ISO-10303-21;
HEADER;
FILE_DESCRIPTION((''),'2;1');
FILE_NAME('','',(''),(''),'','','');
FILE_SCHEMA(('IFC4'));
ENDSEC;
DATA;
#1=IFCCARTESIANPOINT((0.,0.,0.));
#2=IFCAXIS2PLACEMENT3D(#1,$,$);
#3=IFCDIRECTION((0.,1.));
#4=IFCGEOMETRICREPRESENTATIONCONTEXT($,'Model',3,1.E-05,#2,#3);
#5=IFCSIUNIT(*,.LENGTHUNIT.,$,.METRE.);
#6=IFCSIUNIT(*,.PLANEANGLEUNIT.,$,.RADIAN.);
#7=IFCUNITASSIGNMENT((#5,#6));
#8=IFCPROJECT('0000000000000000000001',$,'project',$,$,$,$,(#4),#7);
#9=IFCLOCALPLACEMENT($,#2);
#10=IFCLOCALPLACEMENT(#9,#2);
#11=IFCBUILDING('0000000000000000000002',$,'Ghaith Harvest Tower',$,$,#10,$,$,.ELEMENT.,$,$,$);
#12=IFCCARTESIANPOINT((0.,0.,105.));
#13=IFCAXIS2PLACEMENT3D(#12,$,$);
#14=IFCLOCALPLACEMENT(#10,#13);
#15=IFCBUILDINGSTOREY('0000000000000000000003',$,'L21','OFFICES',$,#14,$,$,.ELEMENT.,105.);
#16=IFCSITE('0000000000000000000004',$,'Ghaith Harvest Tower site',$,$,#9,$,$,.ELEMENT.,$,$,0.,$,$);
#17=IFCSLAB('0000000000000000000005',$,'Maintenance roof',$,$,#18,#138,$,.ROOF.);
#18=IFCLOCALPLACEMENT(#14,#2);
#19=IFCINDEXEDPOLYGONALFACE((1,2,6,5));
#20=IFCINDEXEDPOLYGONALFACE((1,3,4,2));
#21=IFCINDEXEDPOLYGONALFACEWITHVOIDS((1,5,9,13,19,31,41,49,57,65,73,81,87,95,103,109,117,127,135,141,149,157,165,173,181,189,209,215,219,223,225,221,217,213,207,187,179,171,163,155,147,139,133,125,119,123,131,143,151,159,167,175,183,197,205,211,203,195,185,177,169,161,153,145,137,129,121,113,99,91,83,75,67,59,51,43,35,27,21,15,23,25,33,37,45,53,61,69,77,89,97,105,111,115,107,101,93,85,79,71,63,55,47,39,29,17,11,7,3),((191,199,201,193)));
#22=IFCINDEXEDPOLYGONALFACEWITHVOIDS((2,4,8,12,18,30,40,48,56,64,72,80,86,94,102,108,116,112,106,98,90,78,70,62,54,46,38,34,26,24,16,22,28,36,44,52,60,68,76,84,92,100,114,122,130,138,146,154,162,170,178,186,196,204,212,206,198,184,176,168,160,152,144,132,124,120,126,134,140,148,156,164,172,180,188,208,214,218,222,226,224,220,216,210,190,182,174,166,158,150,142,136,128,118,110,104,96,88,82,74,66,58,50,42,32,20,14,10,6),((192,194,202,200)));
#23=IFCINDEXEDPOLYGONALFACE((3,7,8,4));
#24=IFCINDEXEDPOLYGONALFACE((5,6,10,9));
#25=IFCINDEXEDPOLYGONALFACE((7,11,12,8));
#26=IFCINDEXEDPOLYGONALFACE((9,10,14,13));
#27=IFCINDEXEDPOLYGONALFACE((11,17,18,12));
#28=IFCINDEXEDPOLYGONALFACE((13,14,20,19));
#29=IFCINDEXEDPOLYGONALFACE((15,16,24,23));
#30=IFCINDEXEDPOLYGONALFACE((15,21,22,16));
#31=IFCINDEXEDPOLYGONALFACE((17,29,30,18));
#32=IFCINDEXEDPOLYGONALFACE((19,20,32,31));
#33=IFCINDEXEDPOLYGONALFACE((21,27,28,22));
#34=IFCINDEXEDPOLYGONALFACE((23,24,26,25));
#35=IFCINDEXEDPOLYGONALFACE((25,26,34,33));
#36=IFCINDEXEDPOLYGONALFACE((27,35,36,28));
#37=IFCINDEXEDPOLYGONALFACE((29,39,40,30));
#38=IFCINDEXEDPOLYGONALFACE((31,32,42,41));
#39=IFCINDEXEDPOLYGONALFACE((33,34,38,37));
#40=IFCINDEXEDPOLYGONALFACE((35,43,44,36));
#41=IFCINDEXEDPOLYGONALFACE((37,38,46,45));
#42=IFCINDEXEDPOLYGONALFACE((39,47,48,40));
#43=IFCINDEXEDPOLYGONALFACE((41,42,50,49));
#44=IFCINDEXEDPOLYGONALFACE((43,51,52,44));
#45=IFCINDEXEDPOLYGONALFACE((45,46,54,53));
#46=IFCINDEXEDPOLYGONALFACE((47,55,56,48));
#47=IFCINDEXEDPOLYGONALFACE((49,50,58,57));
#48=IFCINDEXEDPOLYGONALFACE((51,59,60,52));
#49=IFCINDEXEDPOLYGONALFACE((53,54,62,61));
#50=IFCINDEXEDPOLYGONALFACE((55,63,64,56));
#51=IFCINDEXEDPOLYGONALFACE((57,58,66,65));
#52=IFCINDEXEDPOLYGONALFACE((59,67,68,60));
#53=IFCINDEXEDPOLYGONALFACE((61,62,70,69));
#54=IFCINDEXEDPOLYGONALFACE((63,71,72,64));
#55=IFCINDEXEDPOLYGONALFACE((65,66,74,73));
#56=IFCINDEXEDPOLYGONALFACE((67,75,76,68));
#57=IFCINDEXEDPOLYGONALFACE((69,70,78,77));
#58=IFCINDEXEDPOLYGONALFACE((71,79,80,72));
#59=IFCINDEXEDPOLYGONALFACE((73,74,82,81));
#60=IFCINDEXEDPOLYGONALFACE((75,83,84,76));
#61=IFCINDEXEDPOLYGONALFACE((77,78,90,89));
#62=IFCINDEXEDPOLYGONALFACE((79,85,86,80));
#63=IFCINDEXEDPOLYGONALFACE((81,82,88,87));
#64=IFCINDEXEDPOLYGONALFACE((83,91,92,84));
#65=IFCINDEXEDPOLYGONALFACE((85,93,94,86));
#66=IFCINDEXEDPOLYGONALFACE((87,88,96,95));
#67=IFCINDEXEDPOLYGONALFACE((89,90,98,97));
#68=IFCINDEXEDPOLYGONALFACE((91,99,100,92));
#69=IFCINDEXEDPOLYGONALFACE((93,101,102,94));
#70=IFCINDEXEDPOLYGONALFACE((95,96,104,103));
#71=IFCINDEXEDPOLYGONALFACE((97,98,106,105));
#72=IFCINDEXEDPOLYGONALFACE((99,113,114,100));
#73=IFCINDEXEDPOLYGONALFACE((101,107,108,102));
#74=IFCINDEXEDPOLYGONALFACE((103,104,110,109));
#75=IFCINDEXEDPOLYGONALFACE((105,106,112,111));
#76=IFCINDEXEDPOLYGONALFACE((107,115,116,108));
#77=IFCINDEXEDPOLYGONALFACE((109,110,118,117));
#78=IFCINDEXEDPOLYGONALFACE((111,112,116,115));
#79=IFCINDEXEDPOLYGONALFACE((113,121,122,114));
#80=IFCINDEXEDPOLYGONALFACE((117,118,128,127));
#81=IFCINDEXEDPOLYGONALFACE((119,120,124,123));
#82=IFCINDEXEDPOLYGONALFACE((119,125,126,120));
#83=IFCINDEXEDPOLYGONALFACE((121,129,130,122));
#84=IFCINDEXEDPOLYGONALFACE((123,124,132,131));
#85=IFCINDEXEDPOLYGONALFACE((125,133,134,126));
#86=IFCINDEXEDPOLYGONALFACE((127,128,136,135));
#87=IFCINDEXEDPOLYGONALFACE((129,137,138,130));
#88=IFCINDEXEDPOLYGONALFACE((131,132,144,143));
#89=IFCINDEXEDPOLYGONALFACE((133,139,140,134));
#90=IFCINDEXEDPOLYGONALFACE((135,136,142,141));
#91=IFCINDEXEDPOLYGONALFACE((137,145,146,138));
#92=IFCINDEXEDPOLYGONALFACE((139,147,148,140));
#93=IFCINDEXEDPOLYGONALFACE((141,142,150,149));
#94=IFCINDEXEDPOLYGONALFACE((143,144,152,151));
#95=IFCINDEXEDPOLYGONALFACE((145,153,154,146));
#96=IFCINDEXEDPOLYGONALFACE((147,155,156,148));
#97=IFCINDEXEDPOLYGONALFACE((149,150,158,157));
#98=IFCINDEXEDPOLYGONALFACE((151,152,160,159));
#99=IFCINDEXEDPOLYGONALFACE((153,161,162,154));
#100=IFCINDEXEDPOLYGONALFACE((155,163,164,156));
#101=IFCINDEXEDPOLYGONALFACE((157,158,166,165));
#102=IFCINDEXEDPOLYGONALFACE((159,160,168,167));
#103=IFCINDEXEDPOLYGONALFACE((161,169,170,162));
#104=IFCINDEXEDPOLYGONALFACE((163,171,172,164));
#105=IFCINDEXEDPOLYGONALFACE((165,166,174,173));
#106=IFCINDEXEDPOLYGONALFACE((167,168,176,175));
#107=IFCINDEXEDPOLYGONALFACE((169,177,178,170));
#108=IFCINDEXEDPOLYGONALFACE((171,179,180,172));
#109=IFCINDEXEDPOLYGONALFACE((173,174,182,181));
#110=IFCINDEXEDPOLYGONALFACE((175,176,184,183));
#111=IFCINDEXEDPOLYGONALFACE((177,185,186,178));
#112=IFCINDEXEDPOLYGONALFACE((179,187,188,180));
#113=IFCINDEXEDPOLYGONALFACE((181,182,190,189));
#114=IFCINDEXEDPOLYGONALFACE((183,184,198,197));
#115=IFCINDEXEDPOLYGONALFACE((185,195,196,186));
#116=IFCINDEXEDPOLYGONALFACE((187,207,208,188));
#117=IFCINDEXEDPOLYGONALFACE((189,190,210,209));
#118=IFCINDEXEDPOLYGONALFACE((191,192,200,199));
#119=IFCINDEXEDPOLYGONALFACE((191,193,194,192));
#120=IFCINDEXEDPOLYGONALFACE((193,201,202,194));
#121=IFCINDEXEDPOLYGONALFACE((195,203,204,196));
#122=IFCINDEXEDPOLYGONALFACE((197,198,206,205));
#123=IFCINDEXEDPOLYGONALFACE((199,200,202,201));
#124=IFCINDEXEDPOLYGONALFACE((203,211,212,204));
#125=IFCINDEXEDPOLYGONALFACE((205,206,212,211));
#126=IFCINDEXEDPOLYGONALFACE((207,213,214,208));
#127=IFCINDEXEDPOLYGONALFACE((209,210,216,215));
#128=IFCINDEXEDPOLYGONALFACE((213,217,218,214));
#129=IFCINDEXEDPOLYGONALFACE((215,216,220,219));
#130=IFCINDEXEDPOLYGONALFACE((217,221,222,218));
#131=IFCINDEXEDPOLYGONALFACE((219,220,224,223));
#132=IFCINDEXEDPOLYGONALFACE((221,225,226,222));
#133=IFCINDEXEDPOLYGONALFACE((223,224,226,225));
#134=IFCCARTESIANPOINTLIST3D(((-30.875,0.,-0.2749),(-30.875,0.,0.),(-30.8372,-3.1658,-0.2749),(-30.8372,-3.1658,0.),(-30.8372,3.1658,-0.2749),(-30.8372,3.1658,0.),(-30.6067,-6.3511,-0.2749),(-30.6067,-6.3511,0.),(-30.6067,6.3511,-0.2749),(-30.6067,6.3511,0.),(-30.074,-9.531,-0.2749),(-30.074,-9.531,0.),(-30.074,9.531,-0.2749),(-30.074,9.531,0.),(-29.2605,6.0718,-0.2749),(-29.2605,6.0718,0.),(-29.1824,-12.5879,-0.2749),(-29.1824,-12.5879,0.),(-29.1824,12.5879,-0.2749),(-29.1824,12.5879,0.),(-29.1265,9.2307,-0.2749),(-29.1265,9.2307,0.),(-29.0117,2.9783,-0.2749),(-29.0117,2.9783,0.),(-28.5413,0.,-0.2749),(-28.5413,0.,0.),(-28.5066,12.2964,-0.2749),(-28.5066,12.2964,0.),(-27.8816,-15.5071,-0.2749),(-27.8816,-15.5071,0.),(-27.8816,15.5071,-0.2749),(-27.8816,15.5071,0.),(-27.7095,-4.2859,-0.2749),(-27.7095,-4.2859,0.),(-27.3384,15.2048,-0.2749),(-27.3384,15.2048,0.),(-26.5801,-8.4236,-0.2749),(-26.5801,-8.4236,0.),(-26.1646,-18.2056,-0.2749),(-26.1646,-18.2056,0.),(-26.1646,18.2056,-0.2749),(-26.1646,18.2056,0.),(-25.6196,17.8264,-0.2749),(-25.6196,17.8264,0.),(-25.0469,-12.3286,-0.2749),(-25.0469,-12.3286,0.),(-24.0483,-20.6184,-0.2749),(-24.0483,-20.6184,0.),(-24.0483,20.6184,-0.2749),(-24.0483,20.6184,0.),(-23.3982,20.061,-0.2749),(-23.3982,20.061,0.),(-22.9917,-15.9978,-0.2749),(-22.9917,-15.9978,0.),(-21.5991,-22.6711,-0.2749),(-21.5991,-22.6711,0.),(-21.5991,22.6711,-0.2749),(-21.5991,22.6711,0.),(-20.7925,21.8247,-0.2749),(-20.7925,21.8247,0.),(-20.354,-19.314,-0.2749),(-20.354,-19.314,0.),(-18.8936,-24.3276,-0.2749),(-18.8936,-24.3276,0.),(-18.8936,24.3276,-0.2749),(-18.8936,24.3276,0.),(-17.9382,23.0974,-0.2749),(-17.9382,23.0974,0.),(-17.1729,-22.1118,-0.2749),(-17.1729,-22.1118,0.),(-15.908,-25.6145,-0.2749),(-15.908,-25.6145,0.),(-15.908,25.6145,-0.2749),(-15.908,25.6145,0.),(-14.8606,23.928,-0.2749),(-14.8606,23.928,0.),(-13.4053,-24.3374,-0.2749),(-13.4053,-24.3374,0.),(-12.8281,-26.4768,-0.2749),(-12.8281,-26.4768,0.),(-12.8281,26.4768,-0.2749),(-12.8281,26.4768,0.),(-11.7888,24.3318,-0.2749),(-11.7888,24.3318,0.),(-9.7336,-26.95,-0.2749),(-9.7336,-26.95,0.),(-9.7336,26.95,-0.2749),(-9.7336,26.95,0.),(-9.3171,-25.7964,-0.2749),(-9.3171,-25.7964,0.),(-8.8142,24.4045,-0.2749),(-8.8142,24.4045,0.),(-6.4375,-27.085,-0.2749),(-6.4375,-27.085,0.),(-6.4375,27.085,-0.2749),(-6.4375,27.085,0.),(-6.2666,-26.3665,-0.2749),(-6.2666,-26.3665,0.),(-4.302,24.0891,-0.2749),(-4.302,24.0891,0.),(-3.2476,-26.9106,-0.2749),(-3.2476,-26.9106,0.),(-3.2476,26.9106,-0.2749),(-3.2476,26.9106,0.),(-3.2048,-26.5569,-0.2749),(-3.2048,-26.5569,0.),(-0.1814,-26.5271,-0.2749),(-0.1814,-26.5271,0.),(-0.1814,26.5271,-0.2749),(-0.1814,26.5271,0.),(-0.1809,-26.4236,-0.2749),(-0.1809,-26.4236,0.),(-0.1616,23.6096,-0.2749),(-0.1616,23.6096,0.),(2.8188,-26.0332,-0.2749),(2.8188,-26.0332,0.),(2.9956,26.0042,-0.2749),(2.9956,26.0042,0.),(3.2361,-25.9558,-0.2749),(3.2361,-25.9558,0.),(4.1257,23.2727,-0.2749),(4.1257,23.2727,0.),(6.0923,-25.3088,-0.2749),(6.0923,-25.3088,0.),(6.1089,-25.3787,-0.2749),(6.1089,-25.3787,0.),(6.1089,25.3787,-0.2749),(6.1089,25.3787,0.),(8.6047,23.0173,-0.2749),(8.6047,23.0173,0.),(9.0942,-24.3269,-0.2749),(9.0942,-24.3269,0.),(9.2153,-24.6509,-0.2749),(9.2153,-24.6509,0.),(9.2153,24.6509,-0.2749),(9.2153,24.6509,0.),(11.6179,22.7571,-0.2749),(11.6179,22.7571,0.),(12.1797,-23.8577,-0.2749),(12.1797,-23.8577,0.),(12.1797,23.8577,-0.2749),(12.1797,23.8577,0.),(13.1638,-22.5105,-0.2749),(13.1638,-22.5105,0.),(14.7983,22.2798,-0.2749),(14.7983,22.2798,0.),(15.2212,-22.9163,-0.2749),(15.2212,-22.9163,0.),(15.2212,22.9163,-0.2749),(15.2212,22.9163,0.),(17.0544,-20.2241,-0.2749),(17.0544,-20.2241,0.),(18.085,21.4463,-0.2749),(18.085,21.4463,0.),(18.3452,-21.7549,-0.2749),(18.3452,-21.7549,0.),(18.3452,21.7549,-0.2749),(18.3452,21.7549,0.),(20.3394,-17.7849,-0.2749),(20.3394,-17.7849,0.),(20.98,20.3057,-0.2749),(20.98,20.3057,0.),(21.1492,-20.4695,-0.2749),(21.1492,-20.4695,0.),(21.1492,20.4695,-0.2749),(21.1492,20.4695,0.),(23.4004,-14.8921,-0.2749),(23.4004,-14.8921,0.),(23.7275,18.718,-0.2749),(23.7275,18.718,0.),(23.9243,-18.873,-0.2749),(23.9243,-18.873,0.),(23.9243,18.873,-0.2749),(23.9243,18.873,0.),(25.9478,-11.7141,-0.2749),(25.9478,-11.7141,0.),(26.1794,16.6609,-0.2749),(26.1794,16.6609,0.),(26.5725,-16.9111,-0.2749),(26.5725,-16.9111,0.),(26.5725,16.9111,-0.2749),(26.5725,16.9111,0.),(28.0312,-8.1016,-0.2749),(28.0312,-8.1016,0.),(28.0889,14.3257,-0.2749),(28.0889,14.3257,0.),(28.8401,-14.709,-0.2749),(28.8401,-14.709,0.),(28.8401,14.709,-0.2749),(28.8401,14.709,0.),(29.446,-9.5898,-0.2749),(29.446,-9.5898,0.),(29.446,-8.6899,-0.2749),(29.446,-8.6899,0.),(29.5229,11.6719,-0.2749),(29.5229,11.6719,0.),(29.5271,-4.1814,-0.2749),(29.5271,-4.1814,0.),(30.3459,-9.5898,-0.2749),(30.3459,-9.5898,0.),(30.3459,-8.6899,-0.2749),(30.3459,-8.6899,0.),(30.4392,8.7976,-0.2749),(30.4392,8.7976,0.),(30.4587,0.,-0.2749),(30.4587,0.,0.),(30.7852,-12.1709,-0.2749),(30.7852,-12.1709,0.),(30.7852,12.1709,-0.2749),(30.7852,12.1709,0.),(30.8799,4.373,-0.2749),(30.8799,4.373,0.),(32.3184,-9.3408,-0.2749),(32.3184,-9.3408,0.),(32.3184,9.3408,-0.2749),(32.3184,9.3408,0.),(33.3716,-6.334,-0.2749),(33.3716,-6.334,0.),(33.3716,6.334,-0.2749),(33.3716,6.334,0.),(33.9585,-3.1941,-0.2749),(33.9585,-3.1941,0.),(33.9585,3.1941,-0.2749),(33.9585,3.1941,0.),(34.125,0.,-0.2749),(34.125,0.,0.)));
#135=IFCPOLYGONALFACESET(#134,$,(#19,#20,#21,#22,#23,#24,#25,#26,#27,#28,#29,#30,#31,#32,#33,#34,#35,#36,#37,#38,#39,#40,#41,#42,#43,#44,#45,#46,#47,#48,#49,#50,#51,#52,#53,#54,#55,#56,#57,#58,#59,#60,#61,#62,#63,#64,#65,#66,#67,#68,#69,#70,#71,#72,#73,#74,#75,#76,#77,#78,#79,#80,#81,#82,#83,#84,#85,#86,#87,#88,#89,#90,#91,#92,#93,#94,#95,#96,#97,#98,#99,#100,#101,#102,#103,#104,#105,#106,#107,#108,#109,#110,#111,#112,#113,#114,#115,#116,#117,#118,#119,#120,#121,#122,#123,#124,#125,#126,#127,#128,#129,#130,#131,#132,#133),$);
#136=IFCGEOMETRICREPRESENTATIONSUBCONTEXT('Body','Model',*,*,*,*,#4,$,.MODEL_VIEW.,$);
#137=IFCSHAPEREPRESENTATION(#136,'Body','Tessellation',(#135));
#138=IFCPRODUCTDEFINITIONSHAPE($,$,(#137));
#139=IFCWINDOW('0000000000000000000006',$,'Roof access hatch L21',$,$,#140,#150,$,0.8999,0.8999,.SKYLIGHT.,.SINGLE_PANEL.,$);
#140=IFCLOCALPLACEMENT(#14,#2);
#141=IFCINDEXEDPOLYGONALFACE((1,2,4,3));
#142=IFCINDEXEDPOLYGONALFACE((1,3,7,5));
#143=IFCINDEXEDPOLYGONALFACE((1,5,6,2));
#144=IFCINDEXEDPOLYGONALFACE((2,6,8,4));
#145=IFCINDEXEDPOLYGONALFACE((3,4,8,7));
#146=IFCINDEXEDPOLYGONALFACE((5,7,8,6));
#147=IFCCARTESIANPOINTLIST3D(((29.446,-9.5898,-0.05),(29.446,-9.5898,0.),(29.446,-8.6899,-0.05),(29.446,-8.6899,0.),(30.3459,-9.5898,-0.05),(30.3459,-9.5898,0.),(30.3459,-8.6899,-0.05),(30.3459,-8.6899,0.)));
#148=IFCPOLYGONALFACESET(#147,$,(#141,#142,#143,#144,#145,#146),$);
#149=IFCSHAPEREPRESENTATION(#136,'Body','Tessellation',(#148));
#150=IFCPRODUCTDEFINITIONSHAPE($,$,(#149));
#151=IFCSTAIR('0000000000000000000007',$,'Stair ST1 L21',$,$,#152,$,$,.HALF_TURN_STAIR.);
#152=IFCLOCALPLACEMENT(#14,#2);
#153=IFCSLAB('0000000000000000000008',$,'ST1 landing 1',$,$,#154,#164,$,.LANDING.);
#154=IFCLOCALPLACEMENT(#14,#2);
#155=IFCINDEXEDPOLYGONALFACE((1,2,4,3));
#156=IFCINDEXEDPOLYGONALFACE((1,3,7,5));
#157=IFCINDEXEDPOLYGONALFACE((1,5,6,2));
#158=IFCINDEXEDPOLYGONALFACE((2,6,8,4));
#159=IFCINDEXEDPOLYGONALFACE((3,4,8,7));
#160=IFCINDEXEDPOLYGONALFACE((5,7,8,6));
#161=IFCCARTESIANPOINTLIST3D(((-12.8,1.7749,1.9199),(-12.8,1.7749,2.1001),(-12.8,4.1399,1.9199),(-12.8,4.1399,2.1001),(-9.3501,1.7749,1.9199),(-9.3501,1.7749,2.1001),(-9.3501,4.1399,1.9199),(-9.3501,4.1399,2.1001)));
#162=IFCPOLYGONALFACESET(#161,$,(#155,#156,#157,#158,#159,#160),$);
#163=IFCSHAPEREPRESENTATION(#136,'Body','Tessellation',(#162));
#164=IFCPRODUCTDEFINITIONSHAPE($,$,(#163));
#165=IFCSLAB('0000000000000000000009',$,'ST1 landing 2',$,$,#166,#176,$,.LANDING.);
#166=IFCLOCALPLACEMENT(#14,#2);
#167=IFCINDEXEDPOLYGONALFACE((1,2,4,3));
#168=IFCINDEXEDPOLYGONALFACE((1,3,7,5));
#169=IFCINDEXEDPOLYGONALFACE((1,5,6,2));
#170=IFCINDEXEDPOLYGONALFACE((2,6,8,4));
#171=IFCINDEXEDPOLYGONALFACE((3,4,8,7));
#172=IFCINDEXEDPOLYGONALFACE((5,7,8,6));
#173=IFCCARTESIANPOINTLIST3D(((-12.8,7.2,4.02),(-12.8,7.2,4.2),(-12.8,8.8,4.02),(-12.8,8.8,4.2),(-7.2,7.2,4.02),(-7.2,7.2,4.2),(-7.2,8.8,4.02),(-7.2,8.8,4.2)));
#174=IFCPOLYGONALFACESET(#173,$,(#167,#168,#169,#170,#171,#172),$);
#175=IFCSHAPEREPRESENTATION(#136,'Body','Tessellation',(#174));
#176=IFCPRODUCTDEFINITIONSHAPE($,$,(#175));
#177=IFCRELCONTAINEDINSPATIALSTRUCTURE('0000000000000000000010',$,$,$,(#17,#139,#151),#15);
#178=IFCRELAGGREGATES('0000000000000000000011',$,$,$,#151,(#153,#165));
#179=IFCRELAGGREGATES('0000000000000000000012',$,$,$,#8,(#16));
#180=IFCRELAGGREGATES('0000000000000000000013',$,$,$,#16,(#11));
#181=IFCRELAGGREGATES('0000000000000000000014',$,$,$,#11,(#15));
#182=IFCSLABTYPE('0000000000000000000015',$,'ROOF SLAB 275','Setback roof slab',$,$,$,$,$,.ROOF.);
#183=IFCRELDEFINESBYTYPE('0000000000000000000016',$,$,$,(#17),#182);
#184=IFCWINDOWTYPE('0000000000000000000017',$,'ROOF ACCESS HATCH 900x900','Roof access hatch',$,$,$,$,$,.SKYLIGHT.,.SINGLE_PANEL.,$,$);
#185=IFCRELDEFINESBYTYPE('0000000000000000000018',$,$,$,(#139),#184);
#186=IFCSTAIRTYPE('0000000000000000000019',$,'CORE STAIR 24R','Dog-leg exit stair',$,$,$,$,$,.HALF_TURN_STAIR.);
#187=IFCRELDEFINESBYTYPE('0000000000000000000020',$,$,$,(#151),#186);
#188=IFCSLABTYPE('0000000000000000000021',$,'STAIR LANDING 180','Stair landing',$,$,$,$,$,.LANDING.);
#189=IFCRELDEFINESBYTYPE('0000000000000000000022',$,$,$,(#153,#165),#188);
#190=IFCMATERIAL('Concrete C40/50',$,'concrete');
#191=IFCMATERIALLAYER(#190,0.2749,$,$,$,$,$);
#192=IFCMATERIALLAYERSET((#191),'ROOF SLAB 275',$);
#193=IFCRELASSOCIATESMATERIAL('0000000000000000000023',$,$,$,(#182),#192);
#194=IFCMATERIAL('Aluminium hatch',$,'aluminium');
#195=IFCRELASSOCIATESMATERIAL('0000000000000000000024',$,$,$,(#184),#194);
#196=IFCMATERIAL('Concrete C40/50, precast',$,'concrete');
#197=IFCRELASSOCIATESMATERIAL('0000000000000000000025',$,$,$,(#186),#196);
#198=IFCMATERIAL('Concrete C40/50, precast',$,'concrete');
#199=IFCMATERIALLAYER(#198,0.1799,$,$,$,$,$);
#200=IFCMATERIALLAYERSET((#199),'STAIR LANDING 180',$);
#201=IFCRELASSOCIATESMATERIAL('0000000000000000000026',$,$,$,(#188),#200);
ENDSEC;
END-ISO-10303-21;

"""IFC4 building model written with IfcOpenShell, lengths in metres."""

from ifc_helpers import new_model, si_unit, direction, frame, origin, origin_2d, place, context, subcontext, project, spatial, polyline, rectangle, outline, extrude, material, layer, layer_set, type_object, element, fill, aggregate, save


model = new_model("IFC4")

# Units and contexts
model_context = context("Model", 3, precision=1e-05, world=origin(), true_north=direction((0.0, 1.0)))
body_context = subcontext(model_context, "Body", "Model", "MODEL_VIEW")
ifc_project = project(units=[si_unit("LENGTHUNIT", "METRE"), si_unit("PLANEANGLEUNIT", "RADIAN")], contexts=[model_context])

# Site, building, storey
site_placement = place(None, origin())
site = spatial("IfcSite", under=ifc_project, at=site_placement, Name="Ghaith Harvest Tower site", CompositionType="ELEMENT", RefElevation=0.0)
building_placement = place(site_placement, origin())
building = spatial("IfcBuilding", under=site, at=building_placement, Name="Ghaith Harvest Tower", CompositionType="ELEMENT")
storey_placement = place(building_placement, frame((0.0, 0.0, 105.0)))
storey = spatial("IfcBuildingStorey", under=building, at=storey_placement, Name="L21", Description="OFFICES", CompositionType="ELEMENT", Elevation=105.0)

# Slab, opening, window
ifc_material_1 = material(Name="Concrete C40/50", Category="concrete")
ifc_layer_1 = layer(ifc_material_1, 0.2749)
ifc_layer_set_1 = layer_set([ifc_layer_1], Name="ROOF SLAB 275")
slab_type_1 = type_object("IfcSlabType", Name="ROOF SLAB 275", Description="Setback roof slab", PredefinedType="ROOF", material=ifc_layer_set_1)
slab_1_placement = place(storey_placement, frame((0.0, 0.0, -0.2749)))
slab_1 = element("IfcSlab", 1, at=slab_1_placement, inside=storey, type_object=slab_type_1, Name="Maintenance roof", PredefinedType="ROOF", context=body_context, shape_type="SweptSolid", body=[
    extrude(outline(polyline([(33.9585, -3.1941), (33.3716, -6.334), (32.3184, -9.3408), (30.7852, -12.1709), (28.8401, -14.709), (26.5725, -16.9111), (23.9243, -18.873), (21.1492, -20.4695), (18.3452, -21.7549), (15.2212, -22.9163), (12.1797, -23.8577), (9.2153, -24.6509), (6.1089, -25.3787), (3.2361, -25.9558), (6.0923, -25.3088), (9.0942, -24.3269), (13.1638, -22.5105), (17.0544, -20.2241), (20.3394, -17.7849), (23.4004, -14.8921), (25.9478, -11.7141), (28.0312, -8.1016), (29.5271, -4.1814), (30.4587, 0.0), (30.8799, 4.373), (30.4392, 8.7976), (29.5229, 11.6719), (28.0889, 14.3257), (26.1794, 16.6609), (23.7275, 18.718), (20.98, 20.3057), (18.085, 21.4463), (14.7983, 22.2798), (11.6179, 22.7571), (8.6047, 23.0173), (4.1257, 23.2727), (-0.1616, 23.6096), (-4.302, 24.0891), (-8.8142, 24.4045), (-11.7888, 24.3318), (-14.8606, 23.928), (-17.9382, 23.0974), (-20.7925, 21.8247), (-23.3982, 20.061), (-25.6196, 17.8264), (-27.3384, 15.2048), (-28.5066, 12.2964), (-29.1265, 9.2307), (-29.2605, 6.0718), (-29.0117, 2.9783), (-28.5413, 0.0), (-27.7095, -4.2859), (-26.5801, -8.4236), (-25.0469, -12.3286), (-22.9917, -15.9978), (-20.354, -19.314), (-17.1729, -22.1118), (-13.4053, -24.3374), (-9.3171, -25.7964), (-6.2666, -26.3665), (-3.2048, -26.5569), (-0.1809, -26.4236), (2.8188, -26.0332), (-0.1814, -26.5271), (-3.2476, -26.9106), (-6.4375, -27.085), (-9.7336, -26.95), (-12.8281, -26.4768), (-15.908, -25.6145), (-18.8936, -24.3276), (-21.5991, -22.6711), (-24.0483, -20.6184), (-26.1646, -18.2056), (-27.8816, -15.5071), (-29.1824, -12.5879), (-30.074, -9.531), (-30.6067, -6.3511), (-30.8372, -3.1658), (-30.875, 0.0), (-30.8372, 3.1658), (-30.6067, 6.3511), (-30.074, 9.531), (-29.1824, 12.5879), (-27.8816, 15.5071), (-26.1646, 18.2056), (-24.0483, 20.6184), (-21.5991, 22.6711), (-18.8936, 24.3276), (-15.908, 25.6145), (-12.8281, 26.4768), (-9.7336, 26.95), (-6.4375, 27.085), (-3.2476, 26.9106), (-0.1814, 26.5271), (2.9956, 26.0042), (6.1089, 25.3787), (9.2153, 24.6509), (12.1797, 23.8577), (15.2212, 22.9163), (18.3452, 21.7549), (21.1492, 20.4695), (23.9243, 18.873), (26.5725, 16.9111), (28.8401, 14.709), (30.7852, 12.1709), (32.3184, 9.3408), (33.3716, 6.334), (33.9585, 3.1941), (34.125, 0.0), (33.9585, -3.1941)])), origin(), (0.0, 0.0, 1.0), 0.2749),
])
opening_1_placement = place(slab_1_placement, frame((29.896, -9.1399, 0.0)))
opening_1 = element("IfcOpeningElement", 2, at=opening_1_placement, cuts=slab_1, PredefinedType="OPENING", context=body_context, shape_type="SweptSolid", body=[
    extrude(rectangle(XDim=0.8999, YDim=0.8999, at=origin_2d()), origin(), (0.0, 0.0, 1.0), 0.2749),
])
ifc_material_2 = material(Name="Aluminium hatch", Category="aluminium")
window_type = type_object("IfcWindowType", Name="ROOF ACCESS HATCH 900x900", Description="Roof access hatch", PartitioningType="SINGLE_PANEL", PredefinedType="SKYLIGHT", material=ifc_material_2)
window_placement = place(opening_1_placement, frame((0.0, 0.0, 0.2249)))
window = element("IfcWindow", 3, at=window_placement, inside=storey, type_object=window_type, Name="Roof access hatch L21", OverallHeight=0.8999, OverallWidth=0.8999, PartitioningType="SINGLE_PANEL", PredefinedType="SKYLIGHT", context=body_context, shape_type="SweptSolid", body=[
    extrude(rectangle(XDim=0.8999, YDim=0.8999, at=origin_2d()), origin(), (0.0, 0.0, 1.0), 0.05),
])
fill(opening_1, window)

# Stair, slabs
ifc_material_3 = material(Name="Concrete C40/50, precast", Category="concrete")
stair_type = type_object("IfcStairType", Name="CORE STAIR 24R", Description="Dog-leg exit stair", PredefinedType="HALF_TURN_STAIR", material=ifc_material_3)
stair_1_placement = place(storey_placement, origin())
stair_1 = element("IfcStair", 4, at=stair_1_placement, inside=storey, type_object=stair_type, Name="Stair ST1 L21", PredefinedType="HALF_TURN_STAIR")
ifc_material_4 = material(Name="Concrete C40/50, precast", Category="concrete")
ifc_layer_2 = layer(ifc_material_4, 0.1799)
ifc_layer_set_2 = layer_set([ifc_layer_2], Name="STAIR LANDING 180")
slab_type_2 = type_object("IfcSlabType", Name="STAIR LANDING 180", Description="Stair landing", PredefinedType="LANDING", material=ifc_layer_set_2)
slab_2_placement = place(storey_placement, frame((0.0, 0.0, 1.9199)))
slab_2 = element("IfcSlab", 5, at=slab_2_placement, type_object=slab_type_2, Name="ST1 landing 1", PredefinedType="LANDING", context=body_context, shape_type="SweptSolid", body=[
    extrude(outline(polyline([(-12.8, 4.1399), (-12.8, 1.7749), (-9.3501, 1.7749), (-9.3501, 4.1399), (-12.8, 4.1399)])), origin(), (0.0, 0.0, 1.0), 0.1802),
])
slab_3_placement = place(storey_placement, frame((0.0, 0.0, 4.02)))
slab_3 = element("IfcSlab", 6, at=slab_3_placement, type_object=slab_type_2, Name="ST1 landing 2", PredefinedType="LANDING", context=body_context, shape_type="SweptSolid", body=[
    extrude(outline(polyline([(-12.8, 8.8), (-12.8, 7.2), (-7.2, 7.2), (-7.2, 8.8), (-12.8, 8.8)])), origin(), (0.0, 0.0, 1.0), 0.1799),
])
aggregate(stair_1, [slab_2, slab_3])

save(model, "model.ifc")
